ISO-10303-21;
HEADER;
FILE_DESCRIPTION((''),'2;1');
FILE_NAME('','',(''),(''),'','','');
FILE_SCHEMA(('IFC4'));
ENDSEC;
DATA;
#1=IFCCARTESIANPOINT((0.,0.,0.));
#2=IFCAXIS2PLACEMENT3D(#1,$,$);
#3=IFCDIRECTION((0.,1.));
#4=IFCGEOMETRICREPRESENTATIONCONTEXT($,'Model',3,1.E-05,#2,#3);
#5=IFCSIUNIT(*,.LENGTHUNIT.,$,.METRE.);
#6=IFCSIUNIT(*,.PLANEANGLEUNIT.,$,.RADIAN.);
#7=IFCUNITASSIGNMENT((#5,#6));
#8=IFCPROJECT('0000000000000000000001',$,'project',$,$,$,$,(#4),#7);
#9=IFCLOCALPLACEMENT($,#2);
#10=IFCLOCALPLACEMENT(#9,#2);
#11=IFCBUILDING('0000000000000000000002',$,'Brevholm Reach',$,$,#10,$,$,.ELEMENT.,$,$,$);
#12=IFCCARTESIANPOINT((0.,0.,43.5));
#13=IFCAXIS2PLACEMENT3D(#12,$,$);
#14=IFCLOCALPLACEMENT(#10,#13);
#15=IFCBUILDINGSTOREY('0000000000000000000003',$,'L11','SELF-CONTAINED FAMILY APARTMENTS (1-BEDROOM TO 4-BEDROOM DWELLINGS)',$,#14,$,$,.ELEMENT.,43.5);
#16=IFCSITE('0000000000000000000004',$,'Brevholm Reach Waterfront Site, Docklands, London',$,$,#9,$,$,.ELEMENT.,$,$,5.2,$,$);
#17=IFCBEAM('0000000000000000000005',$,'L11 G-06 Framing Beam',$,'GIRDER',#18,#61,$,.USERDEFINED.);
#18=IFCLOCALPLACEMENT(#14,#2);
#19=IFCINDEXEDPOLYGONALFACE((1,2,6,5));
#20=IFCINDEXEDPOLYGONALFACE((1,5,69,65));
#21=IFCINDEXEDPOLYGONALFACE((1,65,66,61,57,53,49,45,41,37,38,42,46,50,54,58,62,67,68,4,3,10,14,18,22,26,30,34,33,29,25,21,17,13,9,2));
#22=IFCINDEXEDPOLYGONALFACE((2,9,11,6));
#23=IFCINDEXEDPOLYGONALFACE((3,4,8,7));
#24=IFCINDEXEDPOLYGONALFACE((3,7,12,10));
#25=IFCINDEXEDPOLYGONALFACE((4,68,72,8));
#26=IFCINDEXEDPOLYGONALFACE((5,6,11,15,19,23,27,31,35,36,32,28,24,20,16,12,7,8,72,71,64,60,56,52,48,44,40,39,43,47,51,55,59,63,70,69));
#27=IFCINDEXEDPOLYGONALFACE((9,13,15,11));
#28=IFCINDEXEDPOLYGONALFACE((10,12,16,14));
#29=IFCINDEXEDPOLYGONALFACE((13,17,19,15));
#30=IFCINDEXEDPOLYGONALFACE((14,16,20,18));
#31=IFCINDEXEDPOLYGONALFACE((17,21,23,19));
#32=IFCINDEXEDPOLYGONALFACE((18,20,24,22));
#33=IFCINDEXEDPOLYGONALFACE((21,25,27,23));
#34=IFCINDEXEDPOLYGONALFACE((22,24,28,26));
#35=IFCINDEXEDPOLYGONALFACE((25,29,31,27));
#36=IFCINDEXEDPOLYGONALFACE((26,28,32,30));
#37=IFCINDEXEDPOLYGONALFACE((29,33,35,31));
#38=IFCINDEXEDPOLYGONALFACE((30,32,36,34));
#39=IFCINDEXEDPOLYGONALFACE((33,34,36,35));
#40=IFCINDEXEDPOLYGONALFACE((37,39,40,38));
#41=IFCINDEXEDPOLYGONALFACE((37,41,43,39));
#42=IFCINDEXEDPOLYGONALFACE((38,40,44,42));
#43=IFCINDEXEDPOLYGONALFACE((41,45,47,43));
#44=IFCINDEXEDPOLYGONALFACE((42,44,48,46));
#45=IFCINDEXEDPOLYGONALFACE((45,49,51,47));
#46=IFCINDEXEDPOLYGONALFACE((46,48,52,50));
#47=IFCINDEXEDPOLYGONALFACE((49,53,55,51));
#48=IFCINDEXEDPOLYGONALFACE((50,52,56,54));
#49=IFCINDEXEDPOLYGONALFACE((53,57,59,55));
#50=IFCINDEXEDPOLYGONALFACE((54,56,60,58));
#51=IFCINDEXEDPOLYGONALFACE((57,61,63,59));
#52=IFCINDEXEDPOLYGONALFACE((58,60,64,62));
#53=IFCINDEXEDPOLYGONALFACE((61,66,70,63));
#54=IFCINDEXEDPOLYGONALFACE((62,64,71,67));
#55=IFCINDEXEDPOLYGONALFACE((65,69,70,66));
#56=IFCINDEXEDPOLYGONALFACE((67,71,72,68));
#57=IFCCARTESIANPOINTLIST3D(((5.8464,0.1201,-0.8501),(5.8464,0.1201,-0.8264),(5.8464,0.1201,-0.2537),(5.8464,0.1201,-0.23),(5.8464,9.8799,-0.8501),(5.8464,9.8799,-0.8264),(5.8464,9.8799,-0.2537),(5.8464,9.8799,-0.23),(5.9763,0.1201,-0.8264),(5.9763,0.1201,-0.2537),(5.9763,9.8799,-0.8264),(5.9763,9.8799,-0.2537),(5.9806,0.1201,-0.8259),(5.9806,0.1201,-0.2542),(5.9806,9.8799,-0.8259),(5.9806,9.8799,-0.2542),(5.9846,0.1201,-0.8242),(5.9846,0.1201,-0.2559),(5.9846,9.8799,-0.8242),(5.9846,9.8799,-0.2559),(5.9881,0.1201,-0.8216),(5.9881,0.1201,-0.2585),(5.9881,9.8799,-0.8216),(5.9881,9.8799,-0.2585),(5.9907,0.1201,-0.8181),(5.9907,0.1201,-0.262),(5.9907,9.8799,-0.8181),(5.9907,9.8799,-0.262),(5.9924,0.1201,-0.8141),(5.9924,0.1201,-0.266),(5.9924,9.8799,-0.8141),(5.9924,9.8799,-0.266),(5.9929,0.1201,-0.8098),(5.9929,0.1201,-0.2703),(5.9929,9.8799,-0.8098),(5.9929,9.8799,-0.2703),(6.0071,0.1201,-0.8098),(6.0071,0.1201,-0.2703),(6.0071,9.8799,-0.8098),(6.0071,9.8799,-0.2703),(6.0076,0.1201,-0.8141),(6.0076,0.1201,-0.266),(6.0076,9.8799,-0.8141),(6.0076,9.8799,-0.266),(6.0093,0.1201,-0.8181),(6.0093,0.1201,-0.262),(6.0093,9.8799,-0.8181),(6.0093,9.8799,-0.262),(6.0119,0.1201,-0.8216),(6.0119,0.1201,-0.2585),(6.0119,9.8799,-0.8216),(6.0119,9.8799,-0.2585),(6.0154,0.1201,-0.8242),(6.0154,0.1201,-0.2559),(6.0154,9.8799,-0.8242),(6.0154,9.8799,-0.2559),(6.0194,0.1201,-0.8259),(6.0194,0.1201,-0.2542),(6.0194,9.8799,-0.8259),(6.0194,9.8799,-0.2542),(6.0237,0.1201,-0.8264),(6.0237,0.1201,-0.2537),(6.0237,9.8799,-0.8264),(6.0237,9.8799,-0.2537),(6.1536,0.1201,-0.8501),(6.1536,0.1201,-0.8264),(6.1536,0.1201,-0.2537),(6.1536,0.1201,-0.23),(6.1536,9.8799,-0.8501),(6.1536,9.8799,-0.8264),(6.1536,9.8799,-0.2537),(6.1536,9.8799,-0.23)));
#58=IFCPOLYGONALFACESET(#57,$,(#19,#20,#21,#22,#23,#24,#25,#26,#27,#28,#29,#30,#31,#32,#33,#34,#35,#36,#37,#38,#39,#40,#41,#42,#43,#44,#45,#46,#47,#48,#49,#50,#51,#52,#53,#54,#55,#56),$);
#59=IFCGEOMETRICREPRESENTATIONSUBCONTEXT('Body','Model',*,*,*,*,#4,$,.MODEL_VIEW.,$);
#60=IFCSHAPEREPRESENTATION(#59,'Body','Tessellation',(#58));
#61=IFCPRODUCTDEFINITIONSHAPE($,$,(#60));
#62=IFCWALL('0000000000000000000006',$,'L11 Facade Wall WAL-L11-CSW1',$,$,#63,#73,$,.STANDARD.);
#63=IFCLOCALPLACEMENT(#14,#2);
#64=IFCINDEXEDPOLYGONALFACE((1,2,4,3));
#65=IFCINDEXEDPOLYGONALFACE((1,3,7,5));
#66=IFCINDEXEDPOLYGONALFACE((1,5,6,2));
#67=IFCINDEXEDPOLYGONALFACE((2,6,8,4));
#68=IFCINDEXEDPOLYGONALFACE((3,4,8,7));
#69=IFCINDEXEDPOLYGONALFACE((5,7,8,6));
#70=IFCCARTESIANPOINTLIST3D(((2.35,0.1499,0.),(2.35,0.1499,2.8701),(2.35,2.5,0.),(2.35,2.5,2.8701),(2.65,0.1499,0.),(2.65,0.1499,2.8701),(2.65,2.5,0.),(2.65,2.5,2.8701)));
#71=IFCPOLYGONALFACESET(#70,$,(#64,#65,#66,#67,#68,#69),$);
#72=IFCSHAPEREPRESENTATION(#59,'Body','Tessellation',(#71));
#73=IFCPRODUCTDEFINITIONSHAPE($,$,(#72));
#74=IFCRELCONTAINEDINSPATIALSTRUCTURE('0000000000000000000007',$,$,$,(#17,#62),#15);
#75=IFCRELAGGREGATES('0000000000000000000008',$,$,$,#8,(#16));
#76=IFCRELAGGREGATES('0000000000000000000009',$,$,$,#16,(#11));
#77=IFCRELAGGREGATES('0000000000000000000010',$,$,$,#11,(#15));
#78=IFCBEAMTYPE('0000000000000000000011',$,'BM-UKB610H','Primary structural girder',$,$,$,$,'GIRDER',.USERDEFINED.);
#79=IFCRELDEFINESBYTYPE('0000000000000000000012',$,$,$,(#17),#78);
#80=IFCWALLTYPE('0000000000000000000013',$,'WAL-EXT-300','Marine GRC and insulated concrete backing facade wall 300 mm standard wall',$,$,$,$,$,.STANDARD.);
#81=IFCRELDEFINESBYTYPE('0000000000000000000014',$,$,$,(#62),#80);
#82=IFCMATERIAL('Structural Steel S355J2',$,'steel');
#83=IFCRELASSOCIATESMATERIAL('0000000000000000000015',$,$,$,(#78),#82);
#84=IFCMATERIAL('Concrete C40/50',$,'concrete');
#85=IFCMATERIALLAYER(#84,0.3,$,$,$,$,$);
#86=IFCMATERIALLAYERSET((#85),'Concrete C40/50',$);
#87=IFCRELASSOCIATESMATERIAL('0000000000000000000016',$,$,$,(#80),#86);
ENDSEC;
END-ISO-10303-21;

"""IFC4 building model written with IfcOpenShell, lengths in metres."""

from ifc_helpers import new_model, si_unit, direction, frame, frame_2d, origin, origin_2d, place, context, subcontext, project, spatial, rectangle, i_section, extrude, material, layer, layer_set, material_profile, profile_set, type_object, element, save


model = new_model("IFC4")

# Units and contexts
model_context = context("Model", 3, precision=1e-05, world=origin(), true_north=direction((0.0, 1.0)))
body_context = subcontext(model_context, "Body", "Model", "MODEL_VIEW")
ifc_project = project(units=[si_unit("LENGTHUNIT", "METRE"), si_unit("PLANEANGLEUNIT", "RADIAN")], contexts=[model_context])

# Site, building, storey
site_placement = place(None, origin())
site = spatial("IfcSite", under=ifc_project, at=site_placement, Name="Brevholm Reach Waterfront Site, Docklands, London", CompositionType="ELEMENT", RefElevation=5.2)
building_placement = place(site_placement, origin())
building = spatial("IfcBuilding", under=site, at=building_placement, Name="Brevholm Reach", CompositionType="ELEMENT")
storey_placement = place(building_placement, frame((0.0, 0.0, 43.5)))
storey = spatial("IfcBuildingStorey", under=building, at=storey_placement, Name="L11", Description="SELF-CONTAINED FAMILY APARTMENTS (1-BEDROOM TO 4-BEDROOM DWELLINGS)", CompositionType="ELEMENT", Elevation=43.5)

# Beam
ifc_material_1 = material(Name="Structural Steel S355J2", Category="steel")
ifc_material_profile_1 = material_profile(ifc_material_1, i_section(OverallWidth=0.3071, OverallDepth=0.6201, WebThickness=0.0142, FlangeThickness=0.0237, FilletRadius=0.0166, at=origin_2d()), Name="UKB 610x305x179")
ifc_profile_set_1 = profile_set([ifc_material_profile_1], Name="Structural Steel S355J2")
beam_type_1 = type_object("IfcBeamType", Name="BM-UKB610H", Description="Primary structural girder", ElementType="GIRDER", PredefinedType="USERDEFINED", material=ifc_profile_set_1)
beam_1_placement = place(storey_placement, frame((6.0, 0.1201, -0.54), z_axis=(0.0, 1.0, 0.0), x_axis=(-1.0, 0.0, 0.0)))
element("IfcBeam", 1, at=beam_1_placement, inside=storey, type_object=beam_type_1, Name="L11 G-06 Framing Beam", ObjectType="GIRDER", PredefinedType="USERDEFINED", context=body_context, shape_type="SweptSolid", body=[
    extrude(i_section(OverallWidth=0.3071, OverallDepth=0.6201, WebThickness=0.0142, FlangeThickness=0.0237, FilletRadius=0.0166, at=origin_2d()), origin(), (0.0, 0.0, 1.0), 9.7598),
])

# Wall
ifc_material_2 = material(Name="Concrete C40/50", Category="concrete")
ifc_layer_1 = layer(ifc_material_2, 0.3)
ifc_layer_set_1 = layer_set([ifc_layer_1], Name="Concrete C40/50")
wall_type_1 = type_object("IfcWallType", Name="WAL-EXT-300", Description="Marine GRC and insulated concrete backing facade wall 300 mm standard wall", PredefinedType="STANDARD", material=ifc_layer_set_1)
wall_1_placement = place(storey_placement, frame((2.5, 2.5, 0.0), z_axis=(0.0, 0.0, 1.0), x_axis=(0.0, -1.0, 0.0)))
element("IfcWall", 2, at=wall_1_placement, inside=storey, type_object=wall_type_1, Name="L11 Facade Wall WAL-L11-CSW1", PredefinedType="STANDARD", context=body_context, shape_type="SweptSolid", body=[
    extrude(rectangle(XDim=2.3501, YDim=0.3, at=frame_2d((1.175, 0.0))), origin(), (0.0, 0.0, 1.0), 2.8701),
])

save(model, "model.ifc")
